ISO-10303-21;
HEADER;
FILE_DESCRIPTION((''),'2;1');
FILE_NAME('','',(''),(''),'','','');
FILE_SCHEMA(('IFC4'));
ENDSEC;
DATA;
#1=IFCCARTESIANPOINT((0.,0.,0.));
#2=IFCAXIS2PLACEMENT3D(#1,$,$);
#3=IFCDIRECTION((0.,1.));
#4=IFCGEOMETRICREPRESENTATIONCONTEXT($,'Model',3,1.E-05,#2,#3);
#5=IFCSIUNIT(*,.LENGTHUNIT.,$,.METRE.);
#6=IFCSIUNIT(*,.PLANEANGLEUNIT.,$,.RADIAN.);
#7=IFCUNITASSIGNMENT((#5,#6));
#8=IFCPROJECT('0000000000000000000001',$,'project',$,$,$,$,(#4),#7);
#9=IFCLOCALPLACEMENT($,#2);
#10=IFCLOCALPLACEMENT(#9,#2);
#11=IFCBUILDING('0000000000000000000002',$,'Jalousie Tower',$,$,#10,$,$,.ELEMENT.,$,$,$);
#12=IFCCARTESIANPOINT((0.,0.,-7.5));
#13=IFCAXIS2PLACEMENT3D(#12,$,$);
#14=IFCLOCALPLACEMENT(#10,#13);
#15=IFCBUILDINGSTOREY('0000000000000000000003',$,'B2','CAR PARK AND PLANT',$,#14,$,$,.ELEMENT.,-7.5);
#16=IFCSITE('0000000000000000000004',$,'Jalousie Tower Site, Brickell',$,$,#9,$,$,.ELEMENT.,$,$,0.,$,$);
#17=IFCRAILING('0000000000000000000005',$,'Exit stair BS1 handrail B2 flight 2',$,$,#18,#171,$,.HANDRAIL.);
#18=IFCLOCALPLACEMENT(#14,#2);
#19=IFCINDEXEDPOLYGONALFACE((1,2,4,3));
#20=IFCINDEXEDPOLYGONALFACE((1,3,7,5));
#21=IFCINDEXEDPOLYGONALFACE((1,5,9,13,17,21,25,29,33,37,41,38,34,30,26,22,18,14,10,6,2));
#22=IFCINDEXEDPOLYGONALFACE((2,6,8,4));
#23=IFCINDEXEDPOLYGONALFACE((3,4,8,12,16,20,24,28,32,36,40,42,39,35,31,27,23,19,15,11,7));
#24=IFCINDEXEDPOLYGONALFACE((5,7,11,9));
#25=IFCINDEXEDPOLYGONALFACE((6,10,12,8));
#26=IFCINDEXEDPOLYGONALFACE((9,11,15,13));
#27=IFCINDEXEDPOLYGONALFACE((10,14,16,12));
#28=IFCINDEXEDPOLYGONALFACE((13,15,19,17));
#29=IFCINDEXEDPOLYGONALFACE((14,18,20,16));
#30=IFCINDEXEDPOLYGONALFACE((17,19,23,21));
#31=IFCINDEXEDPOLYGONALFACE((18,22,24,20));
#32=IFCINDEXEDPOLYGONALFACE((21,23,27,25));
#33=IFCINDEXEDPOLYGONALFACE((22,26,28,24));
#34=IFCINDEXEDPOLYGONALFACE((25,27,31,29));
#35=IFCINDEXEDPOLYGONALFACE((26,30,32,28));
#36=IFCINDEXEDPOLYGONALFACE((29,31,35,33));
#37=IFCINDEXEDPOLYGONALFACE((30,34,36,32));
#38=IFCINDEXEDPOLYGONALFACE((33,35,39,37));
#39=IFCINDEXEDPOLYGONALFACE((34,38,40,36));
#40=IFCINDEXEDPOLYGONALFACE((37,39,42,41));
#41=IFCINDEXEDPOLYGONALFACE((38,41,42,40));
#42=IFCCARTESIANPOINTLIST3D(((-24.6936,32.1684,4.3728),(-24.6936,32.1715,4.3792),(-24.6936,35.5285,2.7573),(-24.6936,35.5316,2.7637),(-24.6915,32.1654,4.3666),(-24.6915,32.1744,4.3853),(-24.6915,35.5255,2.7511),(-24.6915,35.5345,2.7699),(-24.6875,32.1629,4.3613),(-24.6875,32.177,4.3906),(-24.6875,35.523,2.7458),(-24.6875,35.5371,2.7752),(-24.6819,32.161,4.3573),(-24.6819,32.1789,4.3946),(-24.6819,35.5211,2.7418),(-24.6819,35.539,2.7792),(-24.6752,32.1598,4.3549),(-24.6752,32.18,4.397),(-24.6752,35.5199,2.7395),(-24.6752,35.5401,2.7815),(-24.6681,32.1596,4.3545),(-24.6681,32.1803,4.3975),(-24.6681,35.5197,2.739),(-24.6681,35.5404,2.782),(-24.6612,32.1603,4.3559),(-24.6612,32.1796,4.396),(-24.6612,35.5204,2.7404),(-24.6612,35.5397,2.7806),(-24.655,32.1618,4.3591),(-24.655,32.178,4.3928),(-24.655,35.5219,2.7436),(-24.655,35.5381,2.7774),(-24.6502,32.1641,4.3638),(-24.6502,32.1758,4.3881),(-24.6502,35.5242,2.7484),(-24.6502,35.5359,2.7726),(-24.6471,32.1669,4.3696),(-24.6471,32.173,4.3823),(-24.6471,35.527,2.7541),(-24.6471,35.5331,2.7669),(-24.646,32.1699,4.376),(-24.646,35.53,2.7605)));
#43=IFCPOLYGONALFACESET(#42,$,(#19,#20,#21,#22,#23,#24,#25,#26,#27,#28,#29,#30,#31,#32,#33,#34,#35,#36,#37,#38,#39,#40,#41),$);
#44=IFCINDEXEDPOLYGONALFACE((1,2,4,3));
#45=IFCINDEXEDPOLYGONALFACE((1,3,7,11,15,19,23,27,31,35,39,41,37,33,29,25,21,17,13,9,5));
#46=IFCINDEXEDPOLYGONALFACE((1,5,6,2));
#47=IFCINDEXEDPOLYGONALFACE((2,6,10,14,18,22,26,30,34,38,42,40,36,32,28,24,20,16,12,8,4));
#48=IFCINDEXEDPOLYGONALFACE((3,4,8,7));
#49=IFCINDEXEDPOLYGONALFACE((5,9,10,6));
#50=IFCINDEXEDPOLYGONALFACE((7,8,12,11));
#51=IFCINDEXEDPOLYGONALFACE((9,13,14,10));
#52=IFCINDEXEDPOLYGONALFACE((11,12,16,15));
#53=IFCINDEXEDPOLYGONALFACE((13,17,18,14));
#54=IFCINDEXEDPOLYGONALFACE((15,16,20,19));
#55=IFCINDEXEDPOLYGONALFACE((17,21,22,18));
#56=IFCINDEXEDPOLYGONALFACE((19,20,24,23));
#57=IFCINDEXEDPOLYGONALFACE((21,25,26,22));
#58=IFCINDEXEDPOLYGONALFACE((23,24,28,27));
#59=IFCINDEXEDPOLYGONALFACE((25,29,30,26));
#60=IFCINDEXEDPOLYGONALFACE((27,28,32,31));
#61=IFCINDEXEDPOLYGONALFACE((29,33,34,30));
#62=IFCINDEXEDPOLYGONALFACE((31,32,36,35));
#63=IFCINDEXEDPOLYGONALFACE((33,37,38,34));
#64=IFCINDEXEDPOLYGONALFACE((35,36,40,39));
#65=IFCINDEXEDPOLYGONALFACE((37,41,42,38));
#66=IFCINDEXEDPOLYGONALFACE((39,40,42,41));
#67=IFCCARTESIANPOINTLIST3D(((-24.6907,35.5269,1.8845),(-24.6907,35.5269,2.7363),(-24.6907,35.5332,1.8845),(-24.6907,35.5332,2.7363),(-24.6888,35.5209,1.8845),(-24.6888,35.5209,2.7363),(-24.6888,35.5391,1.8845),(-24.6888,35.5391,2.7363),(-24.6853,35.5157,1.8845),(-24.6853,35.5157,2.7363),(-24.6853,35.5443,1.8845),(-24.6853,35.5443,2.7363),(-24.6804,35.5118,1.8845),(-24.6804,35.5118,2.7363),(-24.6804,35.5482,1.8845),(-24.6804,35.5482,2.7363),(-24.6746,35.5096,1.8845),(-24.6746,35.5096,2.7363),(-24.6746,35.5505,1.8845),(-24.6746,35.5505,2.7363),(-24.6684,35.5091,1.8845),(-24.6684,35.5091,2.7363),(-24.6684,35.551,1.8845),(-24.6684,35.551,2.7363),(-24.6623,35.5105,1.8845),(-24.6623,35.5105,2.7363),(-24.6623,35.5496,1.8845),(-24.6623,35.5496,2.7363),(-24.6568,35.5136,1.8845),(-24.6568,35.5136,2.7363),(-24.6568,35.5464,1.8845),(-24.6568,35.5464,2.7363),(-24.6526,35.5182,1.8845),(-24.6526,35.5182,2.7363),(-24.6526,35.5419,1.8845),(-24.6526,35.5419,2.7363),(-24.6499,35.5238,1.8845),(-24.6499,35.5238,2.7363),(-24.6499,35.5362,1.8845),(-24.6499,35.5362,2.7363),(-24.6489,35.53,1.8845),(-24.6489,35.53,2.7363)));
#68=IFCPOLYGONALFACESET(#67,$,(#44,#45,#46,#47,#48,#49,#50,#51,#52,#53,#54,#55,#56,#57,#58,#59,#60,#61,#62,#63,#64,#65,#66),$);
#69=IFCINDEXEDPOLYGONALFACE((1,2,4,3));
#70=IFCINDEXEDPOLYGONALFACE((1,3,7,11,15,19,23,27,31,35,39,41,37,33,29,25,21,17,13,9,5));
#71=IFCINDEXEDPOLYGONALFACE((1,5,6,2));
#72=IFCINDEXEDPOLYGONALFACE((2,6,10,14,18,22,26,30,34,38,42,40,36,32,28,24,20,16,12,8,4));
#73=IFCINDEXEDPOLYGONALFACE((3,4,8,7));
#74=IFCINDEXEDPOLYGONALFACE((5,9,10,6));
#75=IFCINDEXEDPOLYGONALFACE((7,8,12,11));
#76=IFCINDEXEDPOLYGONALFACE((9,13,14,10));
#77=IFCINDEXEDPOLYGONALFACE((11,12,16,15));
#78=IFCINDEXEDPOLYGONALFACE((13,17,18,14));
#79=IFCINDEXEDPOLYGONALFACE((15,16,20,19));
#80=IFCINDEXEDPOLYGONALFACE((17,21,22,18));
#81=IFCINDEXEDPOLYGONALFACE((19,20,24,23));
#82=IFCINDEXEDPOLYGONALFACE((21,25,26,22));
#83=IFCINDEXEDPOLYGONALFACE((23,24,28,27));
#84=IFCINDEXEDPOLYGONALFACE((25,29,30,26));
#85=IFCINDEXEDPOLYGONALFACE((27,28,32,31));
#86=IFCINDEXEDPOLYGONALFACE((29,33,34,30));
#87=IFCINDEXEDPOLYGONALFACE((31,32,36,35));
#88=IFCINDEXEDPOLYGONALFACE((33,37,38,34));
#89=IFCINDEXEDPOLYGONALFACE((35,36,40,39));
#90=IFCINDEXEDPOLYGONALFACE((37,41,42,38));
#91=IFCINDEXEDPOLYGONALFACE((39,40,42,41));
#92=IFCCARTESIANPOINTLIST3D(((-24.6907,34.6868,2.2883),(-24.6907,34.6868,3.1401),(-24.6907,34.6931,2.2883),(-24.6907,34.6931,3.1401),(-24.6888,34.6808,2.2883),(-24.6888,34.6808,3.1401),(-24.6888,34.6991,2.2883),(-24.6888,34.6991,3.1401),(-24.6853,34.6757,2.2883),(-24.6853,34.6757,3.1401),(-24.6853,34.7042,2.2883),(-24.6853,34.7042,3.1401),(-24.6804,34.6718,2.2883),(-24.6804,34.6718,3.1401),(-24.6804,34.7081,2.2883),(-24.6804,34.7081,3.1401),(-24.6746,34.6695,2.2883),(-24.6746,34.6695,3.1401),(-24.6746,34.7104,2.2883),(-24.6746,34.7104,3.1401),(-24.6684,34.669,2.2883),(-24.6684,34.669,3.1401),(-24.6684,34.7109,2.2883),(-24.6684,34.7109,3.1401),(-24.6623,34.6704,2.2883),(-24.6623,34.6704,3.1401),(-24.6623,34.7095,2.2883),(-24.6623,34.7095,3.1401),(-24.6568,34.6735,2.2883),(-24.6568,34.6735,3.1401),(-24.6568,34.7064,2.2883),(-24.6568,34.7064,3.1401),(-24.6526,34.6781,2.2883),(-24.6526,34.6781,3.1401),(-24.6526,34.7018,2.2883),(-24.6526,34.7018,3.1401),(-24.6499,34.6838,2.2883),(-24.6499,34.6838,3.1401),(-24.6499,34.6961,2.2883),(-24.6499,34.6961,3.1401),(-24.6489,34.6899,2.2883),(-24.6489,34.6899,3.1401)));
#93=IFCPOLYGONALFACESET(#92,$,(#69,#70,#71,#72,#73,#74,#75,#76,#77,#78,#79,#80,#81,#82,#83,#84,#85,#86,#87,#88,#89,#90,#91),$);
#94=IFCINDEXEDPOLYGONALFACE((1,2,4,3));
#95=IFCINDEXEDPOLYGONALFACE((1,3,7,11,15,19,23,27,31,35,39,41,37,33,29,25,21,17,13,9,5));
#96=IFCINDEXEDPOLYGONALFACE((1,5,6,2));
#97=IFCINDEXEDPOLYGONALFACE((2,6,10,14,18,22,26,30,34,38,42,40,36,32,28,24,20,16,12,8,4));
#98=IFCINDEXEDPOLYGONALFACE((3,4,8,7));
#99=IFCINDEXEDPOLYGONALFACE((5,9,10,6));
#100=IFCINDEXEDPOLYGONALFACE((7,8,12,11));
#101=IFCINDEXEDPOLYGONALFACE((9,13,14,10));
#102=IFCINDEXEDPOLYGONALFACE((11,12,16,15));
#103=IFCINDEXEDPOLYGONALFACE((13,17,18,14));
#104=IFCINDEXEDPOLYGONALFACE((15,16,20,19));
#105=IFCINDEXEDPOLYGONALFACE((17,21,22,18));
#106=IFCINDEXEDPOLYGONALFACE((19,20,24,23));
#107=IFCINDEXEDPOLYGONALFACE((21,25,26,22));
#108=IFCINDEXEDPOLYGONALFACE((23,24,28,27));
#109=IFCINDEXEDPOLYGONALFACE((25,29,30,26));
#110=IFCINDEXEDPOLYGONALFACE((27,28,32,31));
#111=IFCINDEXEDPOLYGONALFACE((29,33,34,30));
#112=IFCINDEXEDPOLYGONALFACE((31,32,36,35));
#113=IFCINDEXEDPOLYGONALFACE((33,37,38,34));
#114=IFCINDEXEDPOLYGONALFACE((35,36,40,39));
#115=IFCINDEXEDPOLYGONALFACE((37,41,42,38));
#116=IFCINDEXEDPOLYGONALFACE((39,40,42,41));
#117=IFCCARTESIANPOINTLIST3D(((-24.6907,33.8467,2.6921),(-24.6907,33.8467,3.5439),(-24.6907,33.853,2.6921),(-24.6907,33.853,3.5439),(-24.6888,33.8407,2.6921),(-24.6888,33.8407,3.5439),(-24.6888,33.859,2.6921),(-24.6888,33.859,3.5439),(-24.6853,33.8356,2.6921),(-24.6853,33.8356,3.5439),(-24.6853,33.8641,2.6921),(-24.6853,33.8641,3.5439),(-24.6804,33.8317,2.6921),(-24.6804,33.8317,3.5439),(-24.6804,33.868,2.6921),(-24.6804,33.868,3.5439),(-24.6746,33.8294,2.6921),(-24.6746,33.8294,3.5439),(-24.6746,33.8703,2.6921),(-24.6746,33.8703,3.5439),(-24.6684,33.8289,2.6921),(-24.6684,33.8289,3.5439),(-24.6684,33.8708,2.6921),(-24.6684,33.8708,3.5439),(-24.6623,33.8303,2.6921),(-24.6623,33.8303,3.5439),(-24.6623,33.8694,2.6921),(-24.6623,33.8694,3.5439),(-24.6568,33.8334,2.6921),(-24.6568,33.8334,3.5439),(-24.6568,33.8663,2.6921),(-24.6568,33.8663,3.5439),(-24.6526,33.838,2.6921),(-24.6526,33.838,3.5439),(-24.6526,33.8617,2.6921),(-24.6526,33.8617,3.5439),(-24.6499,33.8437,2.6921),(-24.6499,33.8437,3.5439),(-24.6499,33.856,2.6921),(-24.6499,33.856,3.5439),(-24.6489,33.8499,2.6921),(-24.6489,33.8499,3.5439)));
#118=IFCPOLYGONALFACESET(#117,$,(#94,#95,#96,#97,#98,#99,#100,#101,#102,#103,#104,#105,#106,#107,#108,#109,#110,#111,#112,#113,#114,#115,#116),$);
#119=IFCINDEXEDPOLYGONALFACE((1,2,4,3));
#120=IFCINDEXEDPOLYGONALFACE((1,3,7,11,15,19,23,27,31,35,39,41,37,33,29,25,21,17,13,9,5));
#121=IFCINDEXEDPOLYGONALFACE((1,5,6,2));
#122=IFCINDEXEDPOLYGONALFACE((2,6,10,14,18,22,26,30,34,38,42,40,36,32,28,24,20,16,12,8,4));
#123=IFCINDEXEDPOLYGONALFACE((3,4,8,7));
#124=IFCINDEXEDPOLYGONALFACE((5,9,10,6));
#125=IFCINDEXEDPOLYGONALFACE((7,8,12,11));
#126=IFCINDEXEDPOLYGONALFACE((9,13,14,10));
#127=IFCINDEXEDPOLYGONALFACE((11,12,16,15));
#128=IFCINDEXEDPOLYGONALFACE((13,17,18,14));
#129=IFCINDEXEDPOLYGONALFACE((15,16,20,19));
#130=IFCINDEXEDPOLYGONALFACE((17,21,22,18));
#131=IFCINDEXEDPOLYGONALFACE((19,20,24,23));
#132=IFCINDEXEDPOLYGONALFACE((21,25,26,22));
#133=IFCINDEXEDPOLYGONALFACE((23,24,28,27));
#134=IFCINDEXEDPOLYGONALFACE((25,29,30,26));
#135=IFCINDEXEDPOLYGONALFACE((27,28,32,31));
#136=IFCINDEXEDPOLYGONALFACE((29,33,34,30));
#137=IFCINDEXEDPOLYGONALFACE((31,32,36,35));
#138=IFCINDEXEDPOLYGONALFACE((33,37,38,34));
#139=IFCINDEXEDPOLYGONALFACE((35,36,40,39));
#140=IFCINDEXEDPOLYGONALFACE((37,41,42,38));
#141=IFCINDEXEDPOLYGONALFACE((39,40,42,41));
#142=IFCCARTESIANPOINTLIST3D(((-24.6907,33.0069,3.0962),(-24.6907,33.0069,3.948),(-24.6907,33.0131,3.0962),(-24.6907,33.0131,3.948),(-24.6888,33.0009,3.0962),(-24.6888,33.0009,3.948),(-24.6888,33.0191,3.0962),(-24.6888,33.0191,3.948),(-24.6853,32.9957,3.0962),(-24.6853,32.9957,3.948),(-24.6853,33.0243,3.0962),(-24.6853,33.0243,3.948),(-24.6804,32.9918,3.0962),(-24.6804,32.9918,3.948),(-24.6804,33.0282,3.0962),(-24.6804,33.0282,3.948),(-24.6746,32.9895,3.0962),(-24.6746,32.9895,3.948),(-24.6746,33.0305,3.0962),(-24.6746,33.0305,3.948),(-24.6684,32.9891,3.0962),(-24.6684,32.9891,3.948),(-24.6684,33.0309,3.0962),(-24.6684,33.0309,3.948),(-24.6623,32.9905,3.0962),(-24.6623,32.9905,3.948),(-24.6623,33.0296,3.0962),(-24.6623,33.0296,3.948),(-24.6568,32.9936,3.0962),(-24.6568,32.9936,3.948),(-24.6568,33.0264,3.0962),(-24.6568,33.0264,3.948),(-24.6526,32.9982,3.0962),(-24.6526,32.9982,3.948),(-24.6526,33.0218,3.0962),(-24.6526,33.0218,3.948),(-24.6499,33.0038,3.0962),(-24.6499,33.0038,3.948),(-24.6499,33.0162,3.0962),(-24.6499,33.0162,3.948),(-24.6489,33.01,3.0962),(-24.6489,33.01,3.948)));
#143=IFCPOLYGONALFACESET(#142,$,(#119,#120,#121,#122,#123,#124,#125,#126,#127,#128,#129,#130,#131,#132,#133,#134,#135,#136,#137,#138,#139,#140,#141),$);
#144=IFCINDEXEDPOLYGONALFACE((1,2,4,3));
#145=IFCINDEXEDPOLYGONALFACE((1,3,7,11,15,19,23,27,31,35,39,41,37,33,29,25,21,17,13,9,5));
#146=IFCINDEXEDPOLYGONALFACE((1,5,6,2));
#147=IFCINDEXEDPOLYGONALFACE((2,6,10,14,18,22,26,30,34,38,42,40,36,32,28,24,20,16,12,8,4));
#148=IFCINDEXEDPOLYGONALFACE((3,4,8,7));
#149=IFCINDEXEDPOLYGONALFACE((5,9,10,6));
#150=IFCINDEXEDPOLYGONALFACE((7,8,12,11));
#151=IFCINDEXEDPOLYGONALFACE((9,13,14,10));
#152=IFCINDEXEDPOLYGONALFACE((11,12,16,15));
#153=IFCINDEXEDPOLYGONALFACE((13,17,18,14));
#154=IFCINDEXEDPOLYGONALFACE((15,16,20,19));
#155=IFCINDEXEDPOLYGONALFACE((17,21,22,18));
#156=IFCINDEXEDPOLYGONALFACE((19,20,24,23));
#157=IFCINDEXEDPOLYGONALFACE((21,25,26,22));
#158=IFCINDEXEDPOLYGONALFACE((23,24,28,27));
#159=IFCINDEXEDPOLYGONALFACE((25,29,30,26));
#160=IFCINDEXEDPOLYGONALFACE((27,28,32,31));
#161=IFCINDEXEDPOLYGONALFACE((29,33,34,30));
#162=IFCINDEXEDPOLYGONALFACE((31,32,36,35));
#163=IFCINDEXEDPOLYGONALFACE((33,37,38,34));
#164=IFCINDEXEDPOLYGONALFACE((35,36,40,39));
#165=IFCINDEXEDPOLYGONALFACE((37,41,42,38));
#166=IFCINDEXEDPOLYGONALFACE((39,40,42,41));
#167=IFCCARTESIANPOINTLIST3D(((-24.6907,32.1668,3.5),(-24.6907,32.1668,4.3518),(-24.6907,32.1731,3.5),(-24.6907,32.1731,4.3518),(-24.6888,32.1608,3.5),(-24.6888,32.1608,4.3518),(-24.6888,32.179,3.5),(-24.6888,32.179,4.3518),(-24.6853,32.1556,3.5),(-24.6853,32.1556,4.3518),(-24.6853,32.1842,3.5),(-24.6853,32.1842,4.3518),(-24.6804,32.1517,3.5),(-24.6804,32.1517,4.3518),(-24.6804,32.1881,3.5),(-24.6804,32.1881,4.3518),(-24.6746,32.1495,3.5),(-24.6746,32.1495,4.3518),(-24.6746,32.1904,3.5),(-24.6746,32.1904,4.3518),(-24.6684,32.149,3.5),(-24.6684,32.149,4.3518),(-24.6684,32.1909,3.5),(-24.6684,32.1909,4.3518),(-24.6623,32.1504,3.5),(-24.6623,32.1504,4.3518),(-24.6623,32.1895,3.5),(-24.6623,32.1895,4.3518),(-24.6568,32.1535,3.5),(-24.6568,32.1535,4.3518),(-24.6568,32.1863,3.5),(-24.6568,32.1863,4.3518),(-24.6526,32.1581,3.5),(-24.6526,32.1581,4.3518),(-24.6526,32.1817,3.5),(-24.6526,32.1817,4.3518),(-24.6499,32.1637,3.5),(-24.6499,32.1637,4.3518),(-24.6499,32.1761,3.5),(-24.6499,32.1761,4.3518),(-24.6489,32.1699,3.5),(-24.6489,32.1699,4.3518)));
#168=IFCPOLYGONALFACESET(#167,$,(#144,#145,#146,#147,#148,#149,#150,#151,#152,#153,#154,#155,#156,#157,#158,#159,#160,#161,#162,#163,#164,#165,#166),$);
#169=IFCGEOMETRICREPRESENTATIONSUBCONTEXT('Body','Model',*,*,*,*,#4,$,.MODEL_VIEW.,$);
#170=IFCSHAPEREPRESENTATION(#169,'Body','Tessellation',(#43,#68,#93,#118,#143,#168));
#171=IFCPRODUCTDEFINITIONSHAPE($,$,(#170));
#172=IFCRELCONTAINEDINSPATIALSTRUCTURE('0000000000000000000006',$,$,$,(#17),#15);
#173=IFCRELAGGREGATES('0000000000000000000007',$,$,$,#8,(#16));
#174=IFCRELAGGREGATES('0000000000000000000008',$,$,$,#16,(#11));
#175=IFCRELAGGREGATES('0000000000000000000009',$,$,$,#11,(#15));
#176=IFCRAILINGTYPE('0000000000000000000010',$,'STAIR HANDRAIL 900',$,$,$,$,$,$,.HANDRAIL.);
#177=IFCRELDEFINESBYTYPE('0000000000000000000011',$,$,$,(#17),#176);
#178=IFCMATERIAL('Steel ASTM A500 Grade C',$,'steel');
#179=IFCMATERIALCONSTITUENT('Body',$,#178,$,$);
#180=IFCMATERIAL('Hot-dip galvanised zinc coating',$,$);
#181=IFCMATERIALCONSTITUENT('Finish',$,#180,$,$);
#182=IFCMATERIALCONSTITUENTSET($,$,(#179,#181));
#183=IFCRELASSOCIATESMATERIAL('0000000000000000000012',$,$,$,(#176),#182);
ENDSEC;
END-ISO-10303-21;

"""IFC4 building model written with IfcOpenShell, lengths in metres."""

from ifc_helpers import new_model, si_unit, direction, frame, origin, origin_2d, place, context, subcontext, project, spatial, circle, extrude, material, constituent, constituent_set, type_object, element, save


model = new_model("IFC4")

# Units and contexts
model_context = context("Model", 3, precision=1e-05, world=origin(), true_north=direction((0.0, 1.0)))
body_context = subcontext(model_context, "Body", "Model", "MODEL_VIEW")
ifc_project = project(units=[si_unit("LENGTHUNIT", "METRE"), si_unit("PLANEANGLEUNIT", "RADIAN")], contexts=[model_context])

# Site, building, storey
site_placement = place(None, origin())
site = spatial("IfcSite", under=ifc_project, at=site_placement, Name="Jalousie Tower Site, Brickell", CompositionType="ELEMENT", RefElevation=0.0)
building_placement = place(site_placement, origin())
building = spatial("IfcBuilding", under=site, at=building_placement, Name="Jalousie Tower", CompositionType="ELEMENT")
storey_placement = place(building_placement, frame((0.0, 0.0, -7.5)))
storey = spatial("IfcBuildingStorey", under=building, at=storey_placement, Name="B2", Description="CAR PARK AND PLANT", CompositionType="ELEMENT", Elevation=-7.5)

# Railing
ifc_material_1 = material(Name="Steel ASTM A500 Grade C", Category="steel")
ifc_constituent_1 = constituent(ifc_material_1, Name="Body")
ifc_material_2 = material(Name="Hot-dip galvanised zinc coating")
ifc_constituent_2 = constituent(ifc_material_2, Name="Finish")
ifc_constituent_set_1 = constituent_set(constituents=[ifc_constituent_1, ifc_constituent_2])
railing_type_1 = type_object("IfcRailingType", Name="STAIR HANDRAIL 900", PredefinedType="HANDRAIL", material=ifc_constituent_set_1)
railing_1_placement = place(storey_placement, frame((-24.6699, 35.53, 1.8845)))
element("IfcRailing", 1, at=railing_1_placement, inside=storey, type_object=railing_type_1, Name="Exit stair BS1 handrail B2 flight 2", PredefinedType="HANDRAIL", context=body_context, shape_type="SweptSolid", body=[
    extrude(circle(Radius=0.0239, at=origin_2d()), frame((0.0, 0.0, 0.876), z_axis=(0.0, -0.901248, 0.433304), x_axis=(1.0, 0.0, 0.0)), (0.0, 0.0, 1.0), 3.7283),
    extrude(circle(Radius=0.021, at=origin_2d()), origin(), (0.0, 0.0, 1.0), 0.8518),
    extrude(circle(Radius=0.021, at=origin_2d()), frame((0.0, -0.8401, 0.4038)), (0.0, 0.0, 1.0), 0.8518),
    extrude(circle(Radius=0.021, at=origin_2d()), frame((0.0, -1.6802, 0.8076)), (0.0, 0.0, 1.0), 0.8518),
    extrude(circle(Radius=0.021, at=origin_2d()), frame((0.0, -2.52, 1.2117)), (0.0, 0.0, 1.0), 0.8518),
    extrude(circle(Radius=0.021, at=origin_2d()), frame((0.0, -3.3601, 1.6155)), (0.0, 0.0, 1.0), 0.8518),
])

save(model, "model.ifc")
